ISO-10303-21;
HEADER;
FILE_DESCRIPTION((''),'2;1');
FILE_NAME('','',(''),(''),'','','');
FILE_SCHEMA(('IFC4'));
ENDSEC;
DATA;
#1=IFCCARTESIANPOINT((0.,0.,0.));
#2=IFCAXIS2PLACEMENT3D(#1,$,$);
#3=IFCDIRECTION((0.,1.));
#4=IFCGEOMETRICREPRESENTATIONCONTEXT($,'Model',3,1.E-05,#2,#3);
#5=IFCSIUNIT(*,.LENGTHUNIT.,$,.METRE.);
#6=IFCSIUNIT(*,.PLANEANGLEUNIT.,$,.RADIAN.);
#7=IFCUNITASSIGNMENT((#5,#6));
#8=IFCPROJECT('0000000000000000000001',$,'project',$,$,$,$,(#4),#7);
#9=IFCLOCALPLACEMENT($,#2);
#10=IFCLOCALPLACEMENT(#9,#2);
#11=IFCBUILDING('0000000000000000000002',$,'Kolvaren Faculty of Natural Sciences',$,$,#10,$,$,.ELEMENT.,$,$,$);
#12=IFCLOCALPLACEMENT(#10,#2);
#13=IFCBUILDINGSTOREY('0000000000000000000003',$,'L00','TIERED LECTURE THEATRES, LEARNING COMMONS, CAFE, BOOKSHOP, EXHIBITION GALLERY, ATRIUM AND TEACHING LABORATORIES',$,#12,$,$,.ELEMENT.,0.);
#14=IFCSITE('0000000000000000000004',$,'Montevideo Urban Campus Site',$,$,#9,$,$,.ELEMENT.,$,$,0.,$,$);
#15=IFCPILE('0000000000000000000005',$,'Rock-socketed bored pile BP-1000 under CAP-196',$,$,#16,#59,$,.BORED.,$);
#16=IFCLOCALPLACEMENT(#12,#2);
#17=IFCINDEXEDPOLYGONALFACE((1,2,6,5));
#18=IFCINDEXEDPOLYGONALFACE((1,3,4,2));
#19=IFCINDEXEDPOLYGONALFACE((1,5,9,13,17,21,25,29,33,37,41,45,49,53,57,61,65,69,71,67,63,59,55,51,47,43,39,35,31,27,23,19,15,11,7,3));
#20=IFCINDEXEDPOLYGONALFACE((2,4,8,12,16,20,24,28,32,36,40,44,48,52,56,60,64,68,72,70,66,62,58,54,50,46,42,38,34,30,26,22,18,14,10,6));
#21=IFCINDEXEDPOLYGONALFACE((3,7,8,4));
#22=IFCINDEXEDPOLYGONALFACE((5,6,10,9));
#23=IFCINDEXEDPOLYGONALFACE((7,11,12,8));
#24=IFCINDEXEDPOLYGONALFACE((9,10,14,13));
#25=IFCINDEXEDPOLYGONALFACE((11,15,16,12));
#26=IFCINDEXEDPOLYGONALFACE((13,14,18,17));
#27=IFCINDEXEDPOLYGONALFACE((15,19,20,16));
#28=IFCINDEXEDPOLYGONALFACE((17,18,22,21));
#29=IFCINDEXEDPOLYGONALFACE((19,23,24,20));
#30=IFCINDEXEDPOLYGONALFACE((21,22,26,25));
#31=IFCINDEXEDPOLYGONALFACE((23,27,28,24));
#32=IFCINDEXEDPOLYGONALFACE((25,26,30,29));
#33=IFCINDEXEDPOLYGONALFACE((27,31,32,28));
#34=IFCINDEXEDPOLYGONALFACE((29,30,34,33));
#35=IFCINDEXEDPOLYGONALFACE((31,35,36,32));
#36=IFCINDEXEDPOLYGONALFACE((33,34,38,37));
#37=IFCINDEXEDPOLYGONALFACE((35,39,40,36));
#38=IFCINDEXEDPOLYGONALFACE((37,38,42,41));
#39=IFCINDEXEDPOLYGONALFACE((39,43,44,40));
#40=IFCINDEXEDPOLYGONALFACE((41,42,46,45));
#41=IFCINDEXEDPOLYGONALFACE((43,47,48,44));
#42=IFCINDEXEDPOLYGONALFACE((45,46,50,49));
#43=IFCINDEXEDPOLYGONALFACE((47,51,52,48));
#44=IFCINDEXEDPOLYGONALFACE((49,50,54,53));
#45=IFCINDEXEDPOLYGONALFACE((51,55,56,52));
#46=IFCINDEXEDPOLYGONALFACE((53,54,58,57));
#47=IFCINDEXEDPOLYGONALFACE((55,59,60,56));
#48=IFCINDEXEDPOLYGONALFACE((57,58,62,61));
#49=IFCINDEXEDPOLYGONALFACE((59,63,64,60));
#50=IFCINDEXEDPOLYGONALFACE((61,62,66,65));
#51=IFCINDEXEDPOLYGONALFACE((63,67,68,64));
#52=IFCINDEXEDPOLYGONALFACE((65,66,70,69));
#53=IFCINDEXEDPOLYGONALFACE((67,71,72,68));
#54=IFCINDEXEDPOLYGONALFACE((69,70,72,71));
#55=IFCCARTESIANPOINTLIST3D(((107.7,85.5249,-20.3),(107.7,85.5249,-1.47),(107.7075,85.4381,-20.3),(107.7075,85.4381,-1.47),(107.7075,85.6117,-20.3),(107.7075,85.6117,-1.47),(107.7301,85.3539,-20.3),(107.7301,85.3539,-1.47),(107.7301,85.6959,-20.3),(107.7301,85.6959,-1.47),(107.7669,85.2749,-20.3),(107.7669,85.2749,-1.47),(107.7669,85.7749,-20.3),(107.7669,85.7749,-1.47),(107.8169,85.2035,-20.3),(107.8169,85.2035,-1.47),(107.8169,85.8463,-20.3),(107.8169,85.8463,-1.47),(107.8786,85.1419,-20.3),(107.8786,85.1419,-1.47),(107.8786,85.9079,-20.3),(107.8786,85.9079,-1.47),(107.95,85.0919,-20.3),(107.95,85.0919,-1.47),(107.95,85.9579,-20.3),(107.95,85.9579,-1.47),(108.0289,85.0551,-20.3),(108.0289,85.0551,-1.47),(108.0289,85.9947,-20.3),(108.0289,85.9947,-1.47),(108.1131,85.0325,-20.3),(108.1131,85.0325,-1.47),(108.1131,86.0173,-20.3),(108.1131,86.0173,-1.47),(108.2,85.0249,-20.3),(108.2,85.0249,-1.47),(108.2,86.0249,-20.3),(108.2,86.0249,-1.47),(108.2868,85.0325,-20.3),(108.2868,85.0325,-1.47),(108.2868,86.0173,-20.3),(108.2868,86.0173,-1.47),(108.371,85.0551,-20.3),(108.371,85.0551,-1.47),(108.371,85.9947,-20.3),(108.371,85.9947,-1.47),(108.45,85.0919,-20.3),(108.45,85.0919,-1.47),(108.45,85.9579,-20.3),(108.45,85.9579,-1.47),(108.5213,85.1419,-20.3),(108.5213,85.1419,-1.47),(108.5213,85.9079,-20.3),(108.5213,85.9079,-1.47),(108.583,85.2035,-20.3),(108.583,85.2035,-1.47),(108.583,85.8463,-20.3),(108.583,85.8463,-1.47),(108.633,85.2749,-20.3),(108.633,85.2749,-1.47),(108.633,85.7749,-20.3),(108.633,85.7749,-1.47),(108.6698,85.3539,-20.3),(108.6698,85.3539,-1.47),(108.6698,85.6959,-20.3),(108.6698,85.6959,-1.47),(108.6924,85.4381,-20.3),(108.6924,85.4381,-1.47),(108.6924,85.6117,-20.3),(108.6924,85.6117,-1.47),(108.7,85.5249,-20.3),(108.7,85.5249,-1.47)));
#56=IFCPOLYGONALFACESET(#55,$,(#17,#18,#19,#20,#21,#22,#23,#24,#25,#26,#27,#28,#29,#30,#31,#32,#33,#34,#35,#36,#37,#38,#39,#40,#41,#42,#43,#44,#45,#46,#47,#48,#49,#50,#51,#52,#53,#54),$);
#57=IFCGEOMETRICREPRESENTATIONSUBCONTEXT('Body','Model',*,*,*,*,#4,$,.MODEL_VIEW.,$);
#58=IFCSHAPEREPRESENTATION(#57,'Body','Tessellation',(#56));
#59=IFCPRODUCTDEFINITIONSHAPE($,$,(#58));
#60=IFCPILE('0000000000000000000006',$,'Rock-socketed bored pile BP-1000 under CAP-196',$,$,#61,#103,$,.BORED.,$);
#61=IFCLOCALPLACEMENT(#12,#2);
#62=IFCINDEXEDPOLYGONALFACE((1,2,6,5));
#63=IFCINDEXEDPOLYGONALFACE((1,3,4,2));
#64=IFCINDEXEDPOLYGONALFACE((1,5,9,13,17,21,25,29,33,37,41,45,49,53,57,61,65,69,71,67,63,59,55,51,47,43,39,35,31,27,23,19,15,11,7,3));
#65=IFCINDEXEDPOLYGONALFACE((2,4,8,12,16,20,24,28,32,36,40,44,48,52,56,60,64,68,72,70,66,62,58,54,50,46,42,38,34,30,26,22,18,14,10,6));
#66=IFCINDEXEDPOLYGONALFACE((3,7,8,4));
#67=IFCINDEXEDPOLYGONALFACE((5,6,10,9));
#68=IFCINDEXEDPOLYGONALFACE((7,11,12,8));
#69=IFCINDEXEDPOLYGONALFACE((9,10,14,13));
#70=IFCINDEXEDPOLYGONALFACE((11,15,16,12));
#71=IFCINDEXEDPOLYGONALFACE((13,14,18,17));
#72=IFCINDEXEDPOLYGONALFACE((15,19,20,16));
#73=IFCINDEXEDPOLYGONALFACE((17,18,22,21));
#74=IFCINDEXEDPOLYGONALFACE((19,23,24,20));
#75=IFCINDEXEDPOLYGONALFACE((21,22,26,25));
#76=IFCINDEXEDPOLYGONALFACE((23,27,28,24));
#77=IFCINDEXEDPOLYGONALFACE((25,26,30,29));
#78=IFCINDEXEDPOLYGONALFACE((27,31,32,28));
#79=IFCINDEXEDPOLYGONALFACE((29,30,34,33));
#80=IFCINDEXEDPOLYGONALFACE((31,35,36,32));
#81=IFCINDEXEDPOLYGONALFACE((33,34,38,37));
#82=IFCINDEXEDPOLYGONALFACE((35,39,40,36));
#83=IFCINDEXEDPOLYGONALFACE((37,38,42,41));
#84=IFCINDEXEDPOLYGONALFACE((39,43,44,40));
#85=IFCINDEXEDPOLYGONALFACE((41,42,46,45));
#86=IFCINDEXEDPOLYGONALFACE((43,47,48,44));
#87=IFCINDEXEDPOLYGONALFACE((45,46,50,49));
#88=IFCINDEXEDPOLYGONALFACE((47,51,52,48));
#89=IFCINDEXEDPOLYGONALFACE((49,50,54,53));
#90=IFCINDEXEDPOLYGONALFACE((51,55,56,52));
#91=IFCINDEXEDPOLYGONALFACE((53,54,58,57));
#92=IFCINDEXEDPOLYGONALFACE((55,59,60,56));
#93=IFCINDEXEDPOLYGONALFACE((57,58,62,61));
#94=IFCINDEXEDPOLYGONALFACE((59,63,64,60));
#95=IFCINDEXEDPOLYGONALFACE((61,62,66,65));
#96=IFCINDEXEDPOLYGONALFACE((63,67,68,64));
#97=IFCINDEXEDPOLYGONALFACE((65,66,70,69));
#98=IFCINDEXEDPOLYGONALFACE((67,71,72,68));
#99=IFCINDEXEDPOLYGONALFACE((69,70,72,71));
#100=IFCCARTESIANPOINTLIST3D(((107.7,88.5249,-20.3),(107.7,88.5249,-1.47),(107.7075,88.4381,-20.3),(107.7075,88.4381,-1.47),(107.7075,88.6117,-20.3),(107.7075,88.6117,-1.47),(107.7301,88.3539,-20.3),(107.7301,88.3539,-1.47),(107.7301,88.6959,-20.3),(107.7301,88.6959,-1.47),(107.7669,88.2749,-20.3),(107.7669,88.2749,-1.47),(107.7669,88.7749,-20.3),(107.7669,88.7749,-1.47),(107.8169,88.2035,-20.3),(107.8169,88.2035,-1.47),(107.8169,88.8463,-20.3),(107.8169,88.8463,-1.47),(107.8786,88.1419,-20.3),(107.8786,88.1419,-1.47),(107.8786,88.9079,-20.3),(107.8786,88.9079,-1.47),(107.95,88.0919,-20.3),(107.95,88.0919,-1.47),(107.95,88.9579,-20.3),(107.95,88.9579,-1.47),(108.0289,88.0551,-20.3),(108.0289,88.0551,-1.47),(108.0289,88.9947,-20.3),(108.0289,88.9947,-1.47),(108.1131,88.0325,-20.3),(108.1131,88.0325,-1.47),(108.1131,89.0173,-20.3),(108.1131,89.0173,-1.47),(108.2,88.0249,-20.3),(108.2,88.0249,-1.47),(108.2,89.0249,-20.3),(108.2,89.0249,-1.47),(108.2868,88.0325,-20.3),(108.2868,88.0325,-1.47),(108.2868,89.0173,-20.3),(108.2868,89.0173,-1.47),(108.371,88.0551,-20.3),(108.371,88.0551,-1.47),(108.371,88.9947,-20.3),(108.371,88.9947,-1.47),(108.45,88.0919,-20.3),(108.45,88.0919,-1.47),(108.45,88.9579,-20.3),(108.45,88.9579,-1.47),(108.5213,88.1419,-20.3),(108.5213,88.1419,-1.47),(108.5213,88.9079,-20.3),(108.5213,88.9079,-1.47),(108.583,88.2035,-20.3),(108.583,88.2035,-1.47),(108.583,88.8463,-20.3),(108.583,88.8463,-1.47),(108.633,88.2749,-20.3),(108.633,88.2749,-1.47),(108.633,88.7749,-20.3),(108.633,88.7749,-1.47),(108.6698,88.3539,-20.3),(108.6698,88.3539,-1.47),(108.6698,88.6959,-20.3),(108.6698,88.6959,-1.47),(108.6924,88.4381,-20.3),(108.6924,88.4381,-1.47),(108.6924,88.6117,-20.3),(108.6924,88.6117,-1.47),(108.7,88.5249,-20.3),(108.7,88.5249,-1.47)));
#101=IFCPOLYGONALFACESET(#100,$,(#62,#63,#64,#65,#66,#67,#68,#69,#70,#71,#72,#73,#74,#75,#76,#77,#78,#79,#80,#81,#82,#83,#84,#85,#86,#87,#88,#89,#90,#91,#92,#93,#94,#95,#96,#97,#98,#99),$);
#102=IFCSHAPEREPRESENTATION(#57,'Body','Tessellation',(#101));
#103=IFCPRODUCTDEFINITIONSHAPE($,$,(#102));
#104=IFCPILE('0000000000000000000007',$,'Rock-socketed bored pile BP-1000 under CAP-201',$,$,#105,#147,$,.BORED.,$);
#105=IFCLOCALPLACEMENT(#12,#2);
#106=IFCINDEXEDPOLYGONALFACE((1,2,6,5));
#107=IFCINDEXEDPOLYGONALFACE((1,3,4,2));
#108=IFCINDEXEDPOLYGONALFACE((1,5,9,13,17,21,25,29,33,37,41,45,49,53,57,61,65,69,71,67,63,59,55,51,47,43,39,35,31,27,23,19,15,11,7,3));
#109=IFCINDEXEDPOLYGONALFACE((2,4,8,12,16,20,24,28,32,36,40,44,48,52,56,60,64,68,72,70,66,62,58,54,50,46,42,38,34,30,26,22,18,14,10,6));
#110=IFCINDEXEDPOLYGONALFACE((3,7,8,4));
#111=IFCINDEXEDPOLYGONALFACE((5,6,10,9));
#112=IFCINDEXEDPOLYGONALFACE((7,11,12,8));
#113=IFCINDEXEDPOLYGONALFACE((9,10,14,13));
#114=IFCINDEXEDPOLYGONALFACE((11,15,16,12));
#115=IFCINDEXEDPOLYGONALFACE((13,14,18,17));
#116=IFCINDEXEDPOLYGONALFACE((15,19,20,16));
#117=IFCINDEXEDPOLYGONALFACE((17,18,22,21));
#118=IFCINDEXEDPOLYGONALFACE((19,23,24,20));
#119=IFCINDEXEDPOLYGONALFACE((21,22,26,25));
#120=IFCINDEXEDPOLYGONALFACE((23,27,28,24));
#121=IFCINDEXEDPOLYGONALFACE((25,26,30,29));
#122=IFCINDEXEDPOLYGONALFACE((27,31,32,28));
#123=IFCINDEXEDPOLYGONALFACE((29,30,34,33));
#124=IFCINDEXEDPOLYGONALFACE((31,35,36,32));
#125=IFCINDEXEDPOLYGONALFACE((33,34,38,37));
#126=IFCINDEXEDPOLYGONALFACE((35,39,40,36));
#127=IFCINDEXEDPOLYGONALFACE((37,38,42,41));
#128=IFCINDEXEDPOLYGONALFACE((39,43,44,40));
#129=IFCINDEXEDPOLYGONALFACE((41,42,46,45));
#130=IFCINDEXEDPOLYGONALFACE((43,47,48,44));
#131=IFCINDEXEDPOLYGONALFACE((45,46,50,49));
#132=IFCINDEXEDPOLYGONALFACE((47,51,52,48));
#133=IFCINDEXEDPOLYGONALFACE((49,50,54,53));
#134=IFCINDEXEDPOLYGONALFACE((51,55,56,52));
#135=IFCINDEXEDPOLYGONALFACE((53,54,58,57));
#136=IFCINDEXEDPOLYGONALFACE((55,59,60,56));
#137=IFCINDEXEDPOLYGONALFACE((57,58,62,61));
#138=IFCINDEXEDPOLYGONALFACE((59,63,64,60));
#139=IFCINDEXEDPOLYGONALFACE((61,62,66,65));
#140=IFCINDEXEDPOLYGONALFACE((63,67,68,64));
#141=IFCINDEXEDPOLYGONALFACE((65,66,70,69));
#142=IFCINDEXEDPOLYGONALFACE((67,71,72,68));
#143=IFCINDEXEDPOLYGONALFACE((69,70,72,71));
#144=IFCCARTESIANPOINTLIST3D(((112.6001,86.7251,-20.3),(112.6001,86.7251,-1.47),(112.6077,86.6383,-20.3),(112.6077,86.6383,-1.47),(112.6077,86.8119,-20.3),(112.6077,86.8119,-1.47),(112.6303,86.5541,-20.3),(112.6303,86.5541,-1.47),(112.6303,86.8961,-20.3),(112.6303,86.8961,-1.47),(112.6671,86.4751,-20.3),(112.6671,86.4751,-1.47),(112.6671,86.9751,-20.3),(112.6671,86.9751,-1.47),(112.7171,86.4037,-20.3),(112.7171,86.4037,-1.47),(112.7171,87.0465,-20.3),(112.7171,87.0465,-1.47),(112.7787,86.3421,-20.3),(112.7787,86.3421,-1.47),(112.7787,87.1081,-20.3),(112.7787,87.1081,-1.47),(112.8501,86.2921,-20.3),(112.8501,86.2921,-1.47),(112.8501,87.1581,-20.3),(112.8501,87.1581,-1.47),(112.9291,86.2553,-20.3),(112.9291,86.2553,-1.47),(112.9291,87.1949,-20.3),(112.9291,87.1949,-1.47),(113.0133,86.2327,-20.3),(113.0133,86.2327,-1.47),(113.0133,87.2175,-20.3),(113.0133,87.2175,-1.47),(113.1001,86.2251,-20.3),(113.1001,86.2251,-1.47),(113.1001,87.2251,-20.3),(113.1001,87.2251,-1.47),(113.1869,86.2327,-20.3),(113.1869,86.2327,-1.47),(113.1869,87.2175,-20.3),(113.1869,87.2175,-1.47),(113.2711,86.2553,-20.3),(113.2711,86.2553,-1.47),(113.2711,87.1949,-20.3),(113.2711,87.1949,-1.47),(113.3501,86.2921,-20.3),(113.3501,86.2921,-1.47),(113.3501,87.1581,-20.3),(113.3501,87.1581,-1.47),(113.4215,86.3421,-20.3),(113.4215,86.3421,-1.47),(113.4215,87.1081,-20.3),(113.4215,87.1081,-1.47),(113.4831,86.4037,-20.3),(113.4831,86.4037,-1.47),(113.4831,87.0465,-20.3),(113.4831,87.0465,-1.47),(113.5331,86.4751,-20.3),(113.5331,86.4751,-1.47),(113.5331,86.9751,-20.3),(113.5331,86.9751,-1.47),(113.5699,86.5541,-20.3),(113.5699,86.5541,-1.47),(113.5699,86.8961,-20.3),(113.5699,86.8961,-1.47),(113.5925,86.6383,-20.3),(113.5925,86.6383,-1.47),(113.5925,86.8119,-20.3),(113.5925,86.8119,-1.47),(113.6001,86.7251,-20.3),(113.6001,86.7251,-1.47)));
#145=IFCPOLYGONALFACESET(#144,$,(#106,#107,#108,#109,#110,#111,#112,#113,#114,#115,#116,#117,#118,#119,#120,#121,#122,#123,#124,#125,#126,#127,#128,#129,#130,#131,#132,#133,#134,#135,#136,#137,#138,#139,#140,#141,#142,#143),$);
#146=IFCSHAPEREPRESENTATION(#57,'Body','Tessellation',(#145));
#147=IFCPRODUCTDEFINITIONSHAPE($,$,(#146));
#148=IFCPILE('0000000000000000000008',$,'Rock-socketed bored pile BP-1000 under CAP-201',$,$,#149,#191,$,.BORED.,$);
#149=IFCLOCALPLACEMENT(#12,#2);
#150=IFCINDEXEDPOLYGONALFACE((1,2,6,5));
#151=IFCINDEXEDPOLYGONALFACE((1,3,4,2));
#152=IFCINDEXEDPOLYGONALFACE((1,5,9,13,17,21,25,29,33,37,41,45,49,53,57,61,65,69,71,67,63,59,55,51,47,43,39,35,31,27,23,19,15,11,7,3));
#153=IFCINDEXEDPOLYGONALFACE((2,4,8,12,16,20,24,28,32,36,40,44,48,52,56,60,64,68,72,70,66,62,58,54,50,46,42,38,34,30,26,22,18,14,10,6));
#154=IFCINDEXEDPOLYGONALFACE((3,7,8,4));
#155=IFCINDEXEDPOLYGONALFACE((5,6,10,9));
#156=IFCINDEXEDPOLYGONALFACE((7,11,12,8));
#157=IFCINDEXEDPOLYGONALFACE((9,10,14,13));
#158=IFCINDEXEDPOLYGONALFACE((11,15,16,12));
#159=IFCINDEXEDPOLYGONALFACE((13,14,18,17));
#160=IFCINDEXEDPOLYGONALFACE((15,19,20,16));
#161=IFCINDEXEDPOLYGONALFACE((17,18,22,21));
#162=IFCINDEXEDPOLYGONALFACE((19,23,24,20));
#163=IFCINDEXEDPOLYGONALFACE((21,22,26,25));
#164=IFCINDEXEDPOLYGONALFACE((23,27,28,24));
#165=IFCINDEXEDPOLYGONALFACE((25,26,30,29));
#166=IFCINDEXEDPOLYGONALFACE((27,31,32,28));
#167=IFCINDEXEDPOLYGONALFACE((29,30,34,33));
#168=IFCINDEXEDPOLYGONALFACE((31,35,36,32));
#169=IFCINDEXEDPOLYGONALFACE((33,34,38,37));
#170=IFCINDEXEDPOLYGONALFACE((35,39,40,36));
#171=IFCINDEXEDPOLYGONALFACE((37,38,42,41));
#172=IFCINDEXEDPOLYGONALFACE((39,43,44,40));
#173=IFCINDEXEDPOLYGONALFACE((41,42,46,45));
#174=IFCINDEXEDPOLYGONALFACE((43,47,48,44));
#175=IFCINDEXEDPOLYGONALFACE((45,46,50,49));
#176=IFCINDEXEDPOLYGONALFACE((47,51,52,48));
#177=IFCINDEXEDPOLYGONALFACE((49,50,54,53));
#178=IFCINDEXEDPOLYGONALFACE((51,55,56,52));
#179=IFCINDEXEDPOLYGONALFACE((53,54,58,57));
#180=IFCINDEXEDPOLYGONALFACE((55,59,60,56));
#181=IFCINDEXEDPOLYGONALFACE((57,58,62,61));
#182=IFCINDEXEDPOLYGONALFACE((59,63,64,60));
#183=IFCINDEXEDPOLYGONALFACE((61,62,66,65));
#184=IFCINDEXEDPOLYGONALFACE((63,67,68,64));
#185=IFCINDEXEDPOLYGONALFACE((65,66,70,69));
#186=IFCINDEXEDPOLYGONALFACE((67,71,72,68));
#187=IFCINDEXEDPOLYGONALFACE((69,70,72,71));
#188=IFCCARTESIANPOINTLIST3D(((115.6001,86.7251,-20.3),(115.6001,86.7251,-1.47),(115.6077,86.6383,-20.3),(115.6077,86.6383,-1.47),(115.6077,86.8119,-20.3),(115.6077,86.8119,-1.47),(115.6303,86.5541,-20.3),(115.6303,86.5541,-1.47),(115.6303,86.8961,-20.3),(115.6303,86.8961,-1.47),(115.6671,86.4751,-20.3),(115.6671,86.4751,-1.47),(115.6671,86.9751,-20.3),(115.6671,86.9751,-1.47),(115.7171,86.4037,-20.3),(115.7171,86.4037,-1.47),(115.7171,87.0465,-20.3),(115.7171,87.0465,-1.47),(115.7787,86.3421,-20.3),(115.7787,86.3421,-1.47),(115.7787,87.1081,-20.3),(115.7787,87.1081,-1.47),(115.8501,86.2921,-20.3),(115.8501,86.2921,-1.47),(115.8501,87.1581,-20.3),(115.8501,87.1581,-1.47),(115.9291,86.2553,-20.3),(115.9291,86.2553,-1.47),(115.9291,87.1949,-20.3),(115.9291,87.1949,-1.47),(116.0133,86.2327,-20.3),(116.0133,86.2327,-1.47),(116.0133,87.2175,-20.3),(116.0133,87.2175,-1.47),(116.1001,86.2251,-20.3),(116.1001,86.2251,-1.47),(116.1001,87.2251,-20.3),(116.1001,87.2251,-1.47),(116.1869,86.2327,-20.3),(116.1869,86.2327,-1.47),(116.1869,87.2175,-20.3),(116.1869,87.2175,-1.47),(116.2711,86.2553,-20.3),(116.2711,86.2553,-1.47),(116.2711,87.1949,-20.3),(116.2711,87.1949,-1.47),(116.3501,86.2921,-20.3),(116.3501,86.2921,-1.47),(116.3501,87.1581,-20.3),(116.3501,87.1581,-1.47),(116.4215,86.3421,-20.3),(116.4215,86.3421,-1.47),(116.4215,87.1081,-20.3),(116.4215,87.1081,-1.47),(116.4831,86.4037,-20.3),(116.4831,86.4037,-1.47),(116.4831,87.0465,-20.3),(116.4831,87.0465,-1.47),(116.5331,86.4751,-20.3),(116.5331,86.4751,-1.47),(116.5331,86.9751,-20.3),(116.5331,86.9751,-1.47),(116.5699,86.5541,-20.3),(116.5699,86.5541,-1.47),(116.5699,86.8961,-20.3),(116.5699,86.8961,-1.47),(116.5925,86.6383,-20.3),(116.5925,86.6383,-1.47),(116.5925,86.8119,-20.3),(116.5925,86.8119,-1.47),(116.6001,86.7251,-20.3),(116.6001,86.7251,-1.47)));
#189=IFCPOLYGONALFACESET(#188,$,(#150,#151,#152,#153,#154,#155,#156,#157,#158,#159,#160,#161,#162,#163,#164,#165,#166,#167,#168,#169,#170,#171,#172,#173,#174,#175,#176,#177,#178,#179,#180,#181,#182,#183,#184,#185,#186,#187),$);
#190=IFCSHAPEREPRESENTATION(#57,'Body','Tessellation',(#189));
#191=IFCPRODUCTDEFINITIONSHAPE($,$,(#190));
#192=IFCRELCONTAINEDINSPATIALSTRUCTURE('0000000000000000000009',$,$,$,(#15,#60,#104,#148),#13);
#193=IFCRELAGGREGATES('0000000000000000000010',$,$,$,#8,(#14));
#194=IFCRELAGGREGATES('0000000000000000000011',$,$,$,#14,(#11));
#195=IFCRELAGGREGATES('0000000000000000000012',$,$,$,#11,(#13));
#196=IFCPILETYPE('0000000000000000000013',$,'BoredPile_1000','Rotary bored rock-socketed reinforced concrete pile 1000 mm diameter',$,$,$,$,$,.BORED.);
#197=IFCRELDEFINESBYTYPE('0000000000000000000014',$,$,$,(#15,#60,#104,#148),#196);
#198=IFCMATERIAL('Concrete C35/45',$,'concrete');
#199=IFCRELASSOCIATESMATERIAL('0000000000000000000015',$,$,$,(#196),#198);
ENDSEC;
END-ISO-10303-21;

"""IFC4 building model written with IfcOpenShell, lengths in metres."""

from ifc_helpers import new_model, si_unit, direction, frame, origin, origin_2d, place, context, subcontext, project, spatial, circle, extrude, material, material_profile, profile_set, type_object, element, save


model = new_model("IFC4")

# Units and contexts
model_context = context("Model", 3, precision=1e-05, world=origin(), true_north=direction((0.0, 1.0)))
body_context = subcontext(model_context, "Body", "Model", "MODEL_VIEW")
ifc_project = project(units=[si_unit("LENGTHUNIT", "METRE"), si_unit("PLANEANGLEUNIT", "RADIAN")], contexts=[model_context])

# Site, building, storey
site_placement = place(None, origin())
site = spatial("IfcSite", under=ifc_project, at=site_placement, Name="Montevideo Urban Campus Site", CompositionType="ELEMENT", RefElevation=0.0)
building_placement = place(site_placement, origin())
building = spatial("IfcBuilding", under=site, at=building_placement, Name="Kolvaren Faculty of Natural Sciences", CompositionType="ELEMENT")
storey_placement = place(building_placement, origin())
storey = spatial("IfcBuildingStorey", under=building, at=storey_placement, Name="L00", Description="TIERED LECTURE THEATRES, LEARNING COMMONS, CAFE, BOOKSHOP, EXHIBITION GALLERY, ATRIUM AND TEACHING LABORATORIES", CompositionType="ELEMENT", Elevation=0.0)

# Piles
ifc_material_1 = material(Name="Concrete C35/45", Category="concrete")
ifc_material_profile_1 = material_profile(ifc_material_1, circle(Radius=0.5, at=origin_2d()), Name="PILE D1000")
ifc_profile_set_1 = profile_set([ifc_material_profile_1], Name="Concrete C35/45")
pile_type = type_object("IfcPileType", Name="BoredPile_1000", Description="Rotary bored rock-socketed reinforced concrete pile 1000 mm diameter", PredefinedType="BORED", material=ifc_profile_set_1)
for number, where, z_axis, x_axis, name in (
    (1, (108.2, 85.5249, -1.47), (0.0, 0.0, -1.0), (1.0, 0.0, 0.0), "Rock-socketed bored pile BP-1000 under CAP-196"),
    (2, (108.2, 88.5249, -1.47), (0.0, 0.0, -1.0), (1.0, 0.0, 0.0), "Rock-socketed bored pile BP-1000 under CAP-196"),
    (3, (113.1001, 86.7251, -1.47), (0.0, 0.0, -1.0), (1.0, 0.0, 0.0), "Rock-socketed bored pile BP-1000 under CAP-201"),
    (4, (116.1001, 86.7251, -1.47), (0.0, 0.0, -1.0), (1.0, 0.0, 0.0), "Rock-socketed bored pile BP-1000 under CAP-201"),
):
    element("IfcPile", number, at=place(storey_placement, frame(where, z_axis=z_axis, x_axis=x_axis)), inside=storey, type_object=pile_type, Name=name, PredefinedType="BORED", context=body_context, shape_type="SweptSolid", body=[
        extrude(circle(Radius=0.5, at=origin_2d()), origin(), (0.0, 0.0, 1.0), 18.8301),
    ])

save(model, "model.ifc")
